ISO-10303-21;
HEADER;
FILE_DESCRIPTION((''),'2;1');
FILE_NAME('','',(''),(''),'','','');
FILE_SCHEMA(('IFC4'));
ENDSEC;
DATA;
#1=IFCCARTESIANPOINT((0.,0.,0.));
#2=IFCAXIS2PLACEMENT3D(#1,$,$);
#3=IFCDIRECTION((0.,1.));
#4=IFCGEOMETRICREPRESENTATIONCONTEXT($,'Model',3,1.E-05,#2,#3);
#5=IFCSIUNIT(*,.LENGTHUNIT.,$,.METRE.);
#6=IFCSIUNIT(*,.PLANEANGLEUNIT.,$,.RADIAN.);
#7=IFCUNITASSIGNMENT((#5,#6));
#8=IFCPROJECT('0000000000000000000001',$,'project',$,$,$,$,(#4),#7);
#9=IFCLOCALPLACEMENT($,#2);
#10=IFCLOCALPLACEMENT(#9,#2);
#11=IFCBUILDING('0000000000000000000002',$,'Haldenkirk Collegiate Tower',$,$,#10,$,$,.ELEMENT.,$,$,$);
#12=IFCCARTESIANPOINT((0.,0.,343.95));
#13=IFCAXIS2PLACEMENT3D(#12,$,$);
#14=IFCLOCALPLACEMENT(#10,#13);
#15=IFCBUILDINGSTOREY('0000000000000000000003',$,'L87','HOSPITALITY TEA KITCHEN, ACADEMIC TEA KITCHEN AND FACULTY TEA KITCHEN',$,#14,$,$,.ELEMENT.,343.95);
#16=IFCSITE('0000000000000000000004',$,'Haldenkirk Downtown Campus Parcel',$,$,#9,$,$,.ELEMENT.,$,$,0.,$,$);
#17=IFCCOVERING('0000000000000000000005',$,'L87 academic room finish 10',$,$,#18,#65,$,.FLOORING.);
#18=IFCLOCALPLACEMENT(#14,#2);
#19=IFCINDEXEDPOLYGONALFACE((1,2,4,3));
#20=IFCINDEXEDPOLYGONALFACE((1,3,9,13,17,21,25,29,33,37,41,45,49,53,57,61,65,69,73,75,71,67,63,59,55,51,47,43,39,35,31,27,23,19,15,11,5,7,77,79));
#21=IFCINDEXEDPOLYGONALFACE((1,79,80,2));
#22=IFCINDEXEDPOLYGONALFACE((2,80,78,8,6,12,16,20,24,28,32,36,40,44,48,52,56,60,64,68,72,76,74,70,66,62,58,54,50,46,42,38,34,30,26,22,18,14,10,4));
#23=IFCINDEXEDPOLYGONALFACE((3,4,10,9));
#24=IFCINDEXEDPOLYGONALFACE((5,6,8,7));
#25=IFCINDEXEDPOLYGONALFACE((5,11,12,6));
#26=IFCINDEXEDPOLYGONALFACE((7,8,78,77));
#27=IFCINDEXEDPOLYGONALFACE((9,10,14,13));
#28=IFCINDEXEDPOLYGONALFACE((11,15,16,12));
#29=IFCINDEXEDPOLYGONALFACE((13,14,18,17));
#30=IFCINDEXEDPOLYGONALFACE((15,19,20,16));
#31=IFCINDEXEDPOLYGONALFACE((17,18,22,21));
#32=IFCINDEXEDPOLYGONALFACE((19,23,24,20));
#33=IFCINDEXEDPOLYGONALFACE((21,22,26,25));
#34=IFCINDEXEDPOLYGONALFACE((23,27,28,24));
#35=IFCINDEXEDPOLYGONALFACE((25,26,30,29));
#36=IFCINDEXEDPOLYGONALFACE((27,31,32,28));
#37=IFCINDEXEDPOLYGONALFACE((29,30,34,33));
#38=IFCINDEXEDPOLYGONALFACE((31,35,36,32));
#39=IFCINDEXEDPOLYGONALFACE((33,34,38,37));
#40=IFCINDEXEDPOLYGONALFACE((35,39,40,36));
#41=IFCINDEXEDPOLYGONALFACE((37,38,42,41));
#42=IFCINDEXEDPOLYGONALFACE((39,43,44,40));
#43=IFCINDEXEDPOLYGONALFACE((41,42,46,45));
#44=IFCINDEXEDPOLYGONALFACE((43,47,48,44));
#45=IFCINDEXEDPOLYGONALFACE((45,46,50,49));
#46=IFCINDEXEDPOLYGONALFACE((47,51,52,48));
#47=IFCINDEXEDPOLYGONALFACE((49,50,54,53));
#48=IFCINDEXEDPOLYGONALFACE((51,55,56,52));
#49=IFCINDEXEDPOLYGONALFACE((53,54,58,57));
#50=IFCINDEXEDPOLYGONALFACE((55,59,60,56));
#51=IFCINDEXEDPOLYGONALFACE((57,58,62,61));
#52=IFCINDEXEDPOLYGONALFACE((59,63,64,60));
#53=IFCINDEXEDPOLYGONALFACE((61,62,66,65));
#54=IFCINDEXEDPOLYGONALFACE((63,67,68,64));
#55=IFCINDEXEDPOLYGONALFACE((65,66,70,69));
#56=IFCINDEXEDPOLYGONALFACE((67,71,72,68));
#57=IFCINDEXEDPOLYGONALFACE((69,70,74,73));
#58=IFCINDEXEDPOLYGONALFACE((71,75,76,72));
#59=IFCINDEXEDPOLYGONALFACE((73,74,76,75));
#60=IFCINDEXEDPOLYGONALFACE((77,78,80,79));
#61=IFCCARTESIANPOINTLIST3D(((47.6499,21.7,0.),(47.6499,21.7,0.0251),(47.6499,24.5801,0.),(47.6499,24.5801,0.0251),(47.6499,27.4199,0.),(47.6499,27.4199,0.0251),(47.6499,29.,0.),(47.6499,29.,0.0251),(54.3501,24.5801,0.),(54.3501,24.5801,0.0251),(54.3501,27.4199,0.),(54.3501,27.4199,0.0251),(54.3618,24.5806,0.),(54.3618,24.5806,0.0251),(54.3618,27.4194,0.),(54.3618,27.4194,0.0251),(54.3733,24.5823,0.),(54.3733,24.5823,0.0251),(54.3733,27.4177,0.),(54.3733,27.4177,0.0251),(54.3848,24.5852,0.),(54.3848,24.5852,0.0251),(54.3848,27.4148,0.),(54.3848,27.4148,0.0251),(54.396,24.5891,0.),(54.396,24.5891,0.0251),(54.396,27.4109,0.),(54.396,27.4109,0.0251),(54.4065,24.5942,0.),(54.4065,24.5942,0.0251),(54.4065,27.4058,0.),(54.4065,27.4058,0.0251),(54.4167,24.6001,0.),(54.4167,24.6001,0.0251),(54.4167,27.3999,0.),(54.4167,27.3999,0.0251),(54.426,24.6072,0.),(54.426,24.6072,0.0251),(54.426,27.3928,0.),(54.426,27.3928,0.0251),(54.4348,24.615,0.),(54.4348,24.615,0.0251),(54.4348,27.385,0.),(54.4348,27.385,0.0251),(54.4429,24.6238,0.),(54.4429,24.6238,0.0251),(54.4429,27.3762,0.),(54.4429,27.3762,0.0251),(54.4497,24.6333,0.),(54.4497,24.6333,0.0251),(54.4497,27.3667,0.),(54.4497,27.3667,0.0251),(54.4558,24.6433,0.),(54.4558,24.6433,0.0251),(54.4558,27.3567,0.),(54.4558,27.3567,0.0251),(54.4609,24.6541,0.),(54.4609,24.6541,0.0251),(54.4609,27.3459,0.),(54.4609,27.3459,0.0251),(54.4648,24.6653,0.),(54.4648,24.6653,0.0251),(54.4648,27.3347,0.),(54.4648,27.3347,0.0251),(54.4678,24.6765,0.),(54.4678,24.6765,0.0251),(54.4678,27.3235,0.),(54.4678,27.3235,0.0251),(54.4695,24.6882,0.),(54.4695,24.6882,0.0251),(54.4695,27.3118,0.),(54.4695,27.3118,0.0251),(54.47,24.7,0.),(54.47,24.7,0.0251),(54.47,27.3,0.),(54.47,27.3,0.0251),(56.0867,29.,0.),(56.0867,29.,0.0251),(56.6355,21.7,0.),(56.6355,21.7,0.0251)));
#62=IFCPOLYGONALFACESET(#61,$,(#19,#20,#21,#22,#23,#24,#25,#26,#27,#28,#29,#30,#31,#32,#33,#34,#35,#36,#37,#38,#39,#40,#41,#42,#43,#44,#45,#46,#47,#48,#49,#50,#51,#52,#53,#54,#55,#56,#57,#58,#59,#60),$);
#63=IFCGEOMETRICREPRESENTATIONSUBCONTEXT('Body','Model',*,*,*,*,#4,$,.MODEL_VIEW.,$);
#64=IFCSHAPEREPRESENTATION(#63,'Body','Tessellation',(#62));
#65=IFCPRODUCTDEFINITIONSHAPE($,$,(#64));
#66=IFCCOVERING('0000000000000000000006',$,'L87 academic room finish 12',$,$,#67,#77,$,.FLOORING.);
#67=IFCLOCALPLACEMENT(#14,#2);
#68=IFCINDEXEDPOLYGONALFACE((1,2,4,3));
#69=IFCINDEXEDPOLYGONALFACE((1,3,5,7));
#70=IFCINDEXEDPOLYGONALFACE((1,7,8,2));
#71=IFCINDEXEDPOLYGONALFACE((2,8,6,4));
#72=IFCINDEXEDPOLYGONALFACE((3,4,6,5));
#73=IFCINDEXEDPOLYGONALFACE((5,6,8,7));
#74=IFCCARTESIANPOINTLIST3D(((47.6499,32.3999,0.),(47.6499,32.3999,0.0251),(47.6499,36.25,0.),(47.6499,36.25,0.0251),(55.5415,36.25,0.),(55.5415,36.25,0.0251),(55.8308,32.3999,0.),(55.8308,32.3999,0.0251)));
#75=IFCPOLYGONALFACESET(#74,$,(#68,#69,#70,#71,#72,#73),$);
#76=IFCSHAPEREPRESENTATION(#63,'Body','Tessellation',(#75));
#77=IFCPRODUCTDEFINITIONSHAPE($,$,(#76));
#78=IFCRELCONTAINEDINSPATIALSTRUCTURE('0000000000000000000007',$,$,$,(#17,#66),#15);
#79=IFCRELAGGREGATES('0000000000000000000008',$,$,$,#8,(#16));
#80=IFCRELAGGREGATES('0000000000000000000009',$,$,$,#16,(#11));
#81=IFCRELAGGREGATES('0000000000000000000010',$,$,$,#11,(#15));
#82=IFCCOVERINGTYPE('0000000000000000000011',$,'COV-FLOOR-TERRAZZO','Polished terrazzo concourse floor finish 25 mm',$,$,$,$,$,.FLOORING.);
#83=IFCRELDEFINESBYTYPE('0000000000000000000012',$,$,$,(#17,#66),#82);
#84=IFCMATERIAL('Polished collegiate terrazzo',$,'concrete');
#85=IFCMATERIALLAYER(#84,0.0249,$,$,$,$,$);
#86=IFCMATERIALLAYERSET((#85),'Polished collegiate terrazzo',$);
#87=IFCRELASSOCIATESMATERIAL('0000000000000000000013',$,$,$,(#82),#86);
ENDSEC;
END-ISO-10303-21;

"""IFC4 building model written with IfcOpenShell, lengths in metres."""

from ifc_helpers import new_model, si_unit, direction, frame, origin, place, context, subcontext, project, spatial, polyline, outline, extrude, material, layer, layer_set, type_object, element, save


model = new_model("IFC4")

# Units and contexts
model_context = context("Model", 3, precision=1e-05, world=origin(), true_north=direction((0.0, 1.0)))
body_context = subcontext(model_context, "Body", "Model", "MODEL_VIEW")
ifc_project = project(units=[si_unit("LENGTHUNIT", "METRE"), si_unit("PLANEANGLEUNIT", "RADIAN")], contexts=[model_context])

# Site, building, storey
site_placement = place(None, origin())
site = spatial("IfcSite", under=ifc_project, at=site_placement, Name="Haldenkirk Downtown Campus Parcel", CompositionType="ELEMENT", RefElevation=0.0)
building_placement = place(site_placement, origin())
building = spatial("IfcBuilding", under=site, at=building_placement, Name="Haldenkirk Collegiate Tower", CompositionType="ELEMENT")
storey_placement = place(building_placement, frame((0.0, 0.0, 343.95)))
storey = spatial("IfcBuildingStorey", under=building, at=storey_placement, Name="L87", Description="HOSPITALITY TEA KITCHEN, ACADEMIC TEA KITCHEN AND FACULTY TEA KITCHEN", CompositionType="ELEMENT", Elevation=343.95)

# Coverings
ifc_material_1 = material(Name="Polished collegiate terrazzo", Category="concrete")
ifc_layer_1 = layer(ifc_material_1, 0.0249)
ifc_layer_set_1 = layer_set([ifc_layer_1], Name="Polished collegiate terrazzo")
covering_type_1 = type_object("IfcCoveringType", Name="COV-FLOOR-TERRAZZO", Description="Polished terrazzo concourse floor finish 25 mm", PredefinedType="FLOORING", material=ifc_layer_set_1)
covering_1_placement = place(storey_placement, origin())
element("IfcCovering", 1, at=covering_1_placement, inside=storey, type_object=covering_type_1, Name="L87 academic room finish 10", PredefinedType="FLOORING", context=body_context, shape_type="SweptSolid", body=[
    extrude(outline(polyline([(54.3501, 24.5801), (54.3618, 24.5806), (54.3733, 24.5823), (54.3848, 24.5852), (54.396, 24.5891), (54.4065, 24.5942), (54.4167, 24.6001), (54.426, 24.6072), (54.4348, 24.615), (54.4429, 24.6238), (54.4497, 24.6333), (54.4558, 24.6433), (54.4609, 24.6541), (54.4648, 24.6653), (54.4678, 24.6765), (54.4695, 24.6882), (54.47, 24.7), (54.47, 27.3), (54.4695, 27.3118), (54.4678, 27.3235), (54.4648, 27.3347), (54.4609, 27.3459), (54.4558, 27.3567), (54.4497, 27.3667), (54.4429, 27.3762), (54.4348, 27.385), (54.426, 27.3928), (54.4167, 27.3999), (54.4065, 27.4058), (54.396, 27.4109), (54.3848, 27.4148), (54.3733, 27.4177), (54.3618, 27.4194), (54.3501, 27.4199), (47.6499, 27.4199), (47.6499, 29.0), (56.0867, 29.0), (56.6355, 21.7), (47.6499, 21.7), (47.6499, 24.5801), (54.3501, 24.5801)])), origin(), (0.0, 0.0, 1.0), 0.0251),
])
covering_2_placement = place(storey_placement, origin())
element("IfcCovering", 2, at=covering_2_placement, inside=storey, type_object=covering_type_1, Name="L87 academic room finish 12", PredefinedType="FLOORING", context=body_context, shape_type="SweptSolid", body=[
    extrude(outline(polyline([(55.8308, 32.3999), (47.6499, 32.3999), (47.6499, 36.25), (55.5415, 36.25), (55.8308, 32.3999)])), origin(), (0.0, 0.0, 1.0), 0.0251),
])

save(model, "model.ifc")
